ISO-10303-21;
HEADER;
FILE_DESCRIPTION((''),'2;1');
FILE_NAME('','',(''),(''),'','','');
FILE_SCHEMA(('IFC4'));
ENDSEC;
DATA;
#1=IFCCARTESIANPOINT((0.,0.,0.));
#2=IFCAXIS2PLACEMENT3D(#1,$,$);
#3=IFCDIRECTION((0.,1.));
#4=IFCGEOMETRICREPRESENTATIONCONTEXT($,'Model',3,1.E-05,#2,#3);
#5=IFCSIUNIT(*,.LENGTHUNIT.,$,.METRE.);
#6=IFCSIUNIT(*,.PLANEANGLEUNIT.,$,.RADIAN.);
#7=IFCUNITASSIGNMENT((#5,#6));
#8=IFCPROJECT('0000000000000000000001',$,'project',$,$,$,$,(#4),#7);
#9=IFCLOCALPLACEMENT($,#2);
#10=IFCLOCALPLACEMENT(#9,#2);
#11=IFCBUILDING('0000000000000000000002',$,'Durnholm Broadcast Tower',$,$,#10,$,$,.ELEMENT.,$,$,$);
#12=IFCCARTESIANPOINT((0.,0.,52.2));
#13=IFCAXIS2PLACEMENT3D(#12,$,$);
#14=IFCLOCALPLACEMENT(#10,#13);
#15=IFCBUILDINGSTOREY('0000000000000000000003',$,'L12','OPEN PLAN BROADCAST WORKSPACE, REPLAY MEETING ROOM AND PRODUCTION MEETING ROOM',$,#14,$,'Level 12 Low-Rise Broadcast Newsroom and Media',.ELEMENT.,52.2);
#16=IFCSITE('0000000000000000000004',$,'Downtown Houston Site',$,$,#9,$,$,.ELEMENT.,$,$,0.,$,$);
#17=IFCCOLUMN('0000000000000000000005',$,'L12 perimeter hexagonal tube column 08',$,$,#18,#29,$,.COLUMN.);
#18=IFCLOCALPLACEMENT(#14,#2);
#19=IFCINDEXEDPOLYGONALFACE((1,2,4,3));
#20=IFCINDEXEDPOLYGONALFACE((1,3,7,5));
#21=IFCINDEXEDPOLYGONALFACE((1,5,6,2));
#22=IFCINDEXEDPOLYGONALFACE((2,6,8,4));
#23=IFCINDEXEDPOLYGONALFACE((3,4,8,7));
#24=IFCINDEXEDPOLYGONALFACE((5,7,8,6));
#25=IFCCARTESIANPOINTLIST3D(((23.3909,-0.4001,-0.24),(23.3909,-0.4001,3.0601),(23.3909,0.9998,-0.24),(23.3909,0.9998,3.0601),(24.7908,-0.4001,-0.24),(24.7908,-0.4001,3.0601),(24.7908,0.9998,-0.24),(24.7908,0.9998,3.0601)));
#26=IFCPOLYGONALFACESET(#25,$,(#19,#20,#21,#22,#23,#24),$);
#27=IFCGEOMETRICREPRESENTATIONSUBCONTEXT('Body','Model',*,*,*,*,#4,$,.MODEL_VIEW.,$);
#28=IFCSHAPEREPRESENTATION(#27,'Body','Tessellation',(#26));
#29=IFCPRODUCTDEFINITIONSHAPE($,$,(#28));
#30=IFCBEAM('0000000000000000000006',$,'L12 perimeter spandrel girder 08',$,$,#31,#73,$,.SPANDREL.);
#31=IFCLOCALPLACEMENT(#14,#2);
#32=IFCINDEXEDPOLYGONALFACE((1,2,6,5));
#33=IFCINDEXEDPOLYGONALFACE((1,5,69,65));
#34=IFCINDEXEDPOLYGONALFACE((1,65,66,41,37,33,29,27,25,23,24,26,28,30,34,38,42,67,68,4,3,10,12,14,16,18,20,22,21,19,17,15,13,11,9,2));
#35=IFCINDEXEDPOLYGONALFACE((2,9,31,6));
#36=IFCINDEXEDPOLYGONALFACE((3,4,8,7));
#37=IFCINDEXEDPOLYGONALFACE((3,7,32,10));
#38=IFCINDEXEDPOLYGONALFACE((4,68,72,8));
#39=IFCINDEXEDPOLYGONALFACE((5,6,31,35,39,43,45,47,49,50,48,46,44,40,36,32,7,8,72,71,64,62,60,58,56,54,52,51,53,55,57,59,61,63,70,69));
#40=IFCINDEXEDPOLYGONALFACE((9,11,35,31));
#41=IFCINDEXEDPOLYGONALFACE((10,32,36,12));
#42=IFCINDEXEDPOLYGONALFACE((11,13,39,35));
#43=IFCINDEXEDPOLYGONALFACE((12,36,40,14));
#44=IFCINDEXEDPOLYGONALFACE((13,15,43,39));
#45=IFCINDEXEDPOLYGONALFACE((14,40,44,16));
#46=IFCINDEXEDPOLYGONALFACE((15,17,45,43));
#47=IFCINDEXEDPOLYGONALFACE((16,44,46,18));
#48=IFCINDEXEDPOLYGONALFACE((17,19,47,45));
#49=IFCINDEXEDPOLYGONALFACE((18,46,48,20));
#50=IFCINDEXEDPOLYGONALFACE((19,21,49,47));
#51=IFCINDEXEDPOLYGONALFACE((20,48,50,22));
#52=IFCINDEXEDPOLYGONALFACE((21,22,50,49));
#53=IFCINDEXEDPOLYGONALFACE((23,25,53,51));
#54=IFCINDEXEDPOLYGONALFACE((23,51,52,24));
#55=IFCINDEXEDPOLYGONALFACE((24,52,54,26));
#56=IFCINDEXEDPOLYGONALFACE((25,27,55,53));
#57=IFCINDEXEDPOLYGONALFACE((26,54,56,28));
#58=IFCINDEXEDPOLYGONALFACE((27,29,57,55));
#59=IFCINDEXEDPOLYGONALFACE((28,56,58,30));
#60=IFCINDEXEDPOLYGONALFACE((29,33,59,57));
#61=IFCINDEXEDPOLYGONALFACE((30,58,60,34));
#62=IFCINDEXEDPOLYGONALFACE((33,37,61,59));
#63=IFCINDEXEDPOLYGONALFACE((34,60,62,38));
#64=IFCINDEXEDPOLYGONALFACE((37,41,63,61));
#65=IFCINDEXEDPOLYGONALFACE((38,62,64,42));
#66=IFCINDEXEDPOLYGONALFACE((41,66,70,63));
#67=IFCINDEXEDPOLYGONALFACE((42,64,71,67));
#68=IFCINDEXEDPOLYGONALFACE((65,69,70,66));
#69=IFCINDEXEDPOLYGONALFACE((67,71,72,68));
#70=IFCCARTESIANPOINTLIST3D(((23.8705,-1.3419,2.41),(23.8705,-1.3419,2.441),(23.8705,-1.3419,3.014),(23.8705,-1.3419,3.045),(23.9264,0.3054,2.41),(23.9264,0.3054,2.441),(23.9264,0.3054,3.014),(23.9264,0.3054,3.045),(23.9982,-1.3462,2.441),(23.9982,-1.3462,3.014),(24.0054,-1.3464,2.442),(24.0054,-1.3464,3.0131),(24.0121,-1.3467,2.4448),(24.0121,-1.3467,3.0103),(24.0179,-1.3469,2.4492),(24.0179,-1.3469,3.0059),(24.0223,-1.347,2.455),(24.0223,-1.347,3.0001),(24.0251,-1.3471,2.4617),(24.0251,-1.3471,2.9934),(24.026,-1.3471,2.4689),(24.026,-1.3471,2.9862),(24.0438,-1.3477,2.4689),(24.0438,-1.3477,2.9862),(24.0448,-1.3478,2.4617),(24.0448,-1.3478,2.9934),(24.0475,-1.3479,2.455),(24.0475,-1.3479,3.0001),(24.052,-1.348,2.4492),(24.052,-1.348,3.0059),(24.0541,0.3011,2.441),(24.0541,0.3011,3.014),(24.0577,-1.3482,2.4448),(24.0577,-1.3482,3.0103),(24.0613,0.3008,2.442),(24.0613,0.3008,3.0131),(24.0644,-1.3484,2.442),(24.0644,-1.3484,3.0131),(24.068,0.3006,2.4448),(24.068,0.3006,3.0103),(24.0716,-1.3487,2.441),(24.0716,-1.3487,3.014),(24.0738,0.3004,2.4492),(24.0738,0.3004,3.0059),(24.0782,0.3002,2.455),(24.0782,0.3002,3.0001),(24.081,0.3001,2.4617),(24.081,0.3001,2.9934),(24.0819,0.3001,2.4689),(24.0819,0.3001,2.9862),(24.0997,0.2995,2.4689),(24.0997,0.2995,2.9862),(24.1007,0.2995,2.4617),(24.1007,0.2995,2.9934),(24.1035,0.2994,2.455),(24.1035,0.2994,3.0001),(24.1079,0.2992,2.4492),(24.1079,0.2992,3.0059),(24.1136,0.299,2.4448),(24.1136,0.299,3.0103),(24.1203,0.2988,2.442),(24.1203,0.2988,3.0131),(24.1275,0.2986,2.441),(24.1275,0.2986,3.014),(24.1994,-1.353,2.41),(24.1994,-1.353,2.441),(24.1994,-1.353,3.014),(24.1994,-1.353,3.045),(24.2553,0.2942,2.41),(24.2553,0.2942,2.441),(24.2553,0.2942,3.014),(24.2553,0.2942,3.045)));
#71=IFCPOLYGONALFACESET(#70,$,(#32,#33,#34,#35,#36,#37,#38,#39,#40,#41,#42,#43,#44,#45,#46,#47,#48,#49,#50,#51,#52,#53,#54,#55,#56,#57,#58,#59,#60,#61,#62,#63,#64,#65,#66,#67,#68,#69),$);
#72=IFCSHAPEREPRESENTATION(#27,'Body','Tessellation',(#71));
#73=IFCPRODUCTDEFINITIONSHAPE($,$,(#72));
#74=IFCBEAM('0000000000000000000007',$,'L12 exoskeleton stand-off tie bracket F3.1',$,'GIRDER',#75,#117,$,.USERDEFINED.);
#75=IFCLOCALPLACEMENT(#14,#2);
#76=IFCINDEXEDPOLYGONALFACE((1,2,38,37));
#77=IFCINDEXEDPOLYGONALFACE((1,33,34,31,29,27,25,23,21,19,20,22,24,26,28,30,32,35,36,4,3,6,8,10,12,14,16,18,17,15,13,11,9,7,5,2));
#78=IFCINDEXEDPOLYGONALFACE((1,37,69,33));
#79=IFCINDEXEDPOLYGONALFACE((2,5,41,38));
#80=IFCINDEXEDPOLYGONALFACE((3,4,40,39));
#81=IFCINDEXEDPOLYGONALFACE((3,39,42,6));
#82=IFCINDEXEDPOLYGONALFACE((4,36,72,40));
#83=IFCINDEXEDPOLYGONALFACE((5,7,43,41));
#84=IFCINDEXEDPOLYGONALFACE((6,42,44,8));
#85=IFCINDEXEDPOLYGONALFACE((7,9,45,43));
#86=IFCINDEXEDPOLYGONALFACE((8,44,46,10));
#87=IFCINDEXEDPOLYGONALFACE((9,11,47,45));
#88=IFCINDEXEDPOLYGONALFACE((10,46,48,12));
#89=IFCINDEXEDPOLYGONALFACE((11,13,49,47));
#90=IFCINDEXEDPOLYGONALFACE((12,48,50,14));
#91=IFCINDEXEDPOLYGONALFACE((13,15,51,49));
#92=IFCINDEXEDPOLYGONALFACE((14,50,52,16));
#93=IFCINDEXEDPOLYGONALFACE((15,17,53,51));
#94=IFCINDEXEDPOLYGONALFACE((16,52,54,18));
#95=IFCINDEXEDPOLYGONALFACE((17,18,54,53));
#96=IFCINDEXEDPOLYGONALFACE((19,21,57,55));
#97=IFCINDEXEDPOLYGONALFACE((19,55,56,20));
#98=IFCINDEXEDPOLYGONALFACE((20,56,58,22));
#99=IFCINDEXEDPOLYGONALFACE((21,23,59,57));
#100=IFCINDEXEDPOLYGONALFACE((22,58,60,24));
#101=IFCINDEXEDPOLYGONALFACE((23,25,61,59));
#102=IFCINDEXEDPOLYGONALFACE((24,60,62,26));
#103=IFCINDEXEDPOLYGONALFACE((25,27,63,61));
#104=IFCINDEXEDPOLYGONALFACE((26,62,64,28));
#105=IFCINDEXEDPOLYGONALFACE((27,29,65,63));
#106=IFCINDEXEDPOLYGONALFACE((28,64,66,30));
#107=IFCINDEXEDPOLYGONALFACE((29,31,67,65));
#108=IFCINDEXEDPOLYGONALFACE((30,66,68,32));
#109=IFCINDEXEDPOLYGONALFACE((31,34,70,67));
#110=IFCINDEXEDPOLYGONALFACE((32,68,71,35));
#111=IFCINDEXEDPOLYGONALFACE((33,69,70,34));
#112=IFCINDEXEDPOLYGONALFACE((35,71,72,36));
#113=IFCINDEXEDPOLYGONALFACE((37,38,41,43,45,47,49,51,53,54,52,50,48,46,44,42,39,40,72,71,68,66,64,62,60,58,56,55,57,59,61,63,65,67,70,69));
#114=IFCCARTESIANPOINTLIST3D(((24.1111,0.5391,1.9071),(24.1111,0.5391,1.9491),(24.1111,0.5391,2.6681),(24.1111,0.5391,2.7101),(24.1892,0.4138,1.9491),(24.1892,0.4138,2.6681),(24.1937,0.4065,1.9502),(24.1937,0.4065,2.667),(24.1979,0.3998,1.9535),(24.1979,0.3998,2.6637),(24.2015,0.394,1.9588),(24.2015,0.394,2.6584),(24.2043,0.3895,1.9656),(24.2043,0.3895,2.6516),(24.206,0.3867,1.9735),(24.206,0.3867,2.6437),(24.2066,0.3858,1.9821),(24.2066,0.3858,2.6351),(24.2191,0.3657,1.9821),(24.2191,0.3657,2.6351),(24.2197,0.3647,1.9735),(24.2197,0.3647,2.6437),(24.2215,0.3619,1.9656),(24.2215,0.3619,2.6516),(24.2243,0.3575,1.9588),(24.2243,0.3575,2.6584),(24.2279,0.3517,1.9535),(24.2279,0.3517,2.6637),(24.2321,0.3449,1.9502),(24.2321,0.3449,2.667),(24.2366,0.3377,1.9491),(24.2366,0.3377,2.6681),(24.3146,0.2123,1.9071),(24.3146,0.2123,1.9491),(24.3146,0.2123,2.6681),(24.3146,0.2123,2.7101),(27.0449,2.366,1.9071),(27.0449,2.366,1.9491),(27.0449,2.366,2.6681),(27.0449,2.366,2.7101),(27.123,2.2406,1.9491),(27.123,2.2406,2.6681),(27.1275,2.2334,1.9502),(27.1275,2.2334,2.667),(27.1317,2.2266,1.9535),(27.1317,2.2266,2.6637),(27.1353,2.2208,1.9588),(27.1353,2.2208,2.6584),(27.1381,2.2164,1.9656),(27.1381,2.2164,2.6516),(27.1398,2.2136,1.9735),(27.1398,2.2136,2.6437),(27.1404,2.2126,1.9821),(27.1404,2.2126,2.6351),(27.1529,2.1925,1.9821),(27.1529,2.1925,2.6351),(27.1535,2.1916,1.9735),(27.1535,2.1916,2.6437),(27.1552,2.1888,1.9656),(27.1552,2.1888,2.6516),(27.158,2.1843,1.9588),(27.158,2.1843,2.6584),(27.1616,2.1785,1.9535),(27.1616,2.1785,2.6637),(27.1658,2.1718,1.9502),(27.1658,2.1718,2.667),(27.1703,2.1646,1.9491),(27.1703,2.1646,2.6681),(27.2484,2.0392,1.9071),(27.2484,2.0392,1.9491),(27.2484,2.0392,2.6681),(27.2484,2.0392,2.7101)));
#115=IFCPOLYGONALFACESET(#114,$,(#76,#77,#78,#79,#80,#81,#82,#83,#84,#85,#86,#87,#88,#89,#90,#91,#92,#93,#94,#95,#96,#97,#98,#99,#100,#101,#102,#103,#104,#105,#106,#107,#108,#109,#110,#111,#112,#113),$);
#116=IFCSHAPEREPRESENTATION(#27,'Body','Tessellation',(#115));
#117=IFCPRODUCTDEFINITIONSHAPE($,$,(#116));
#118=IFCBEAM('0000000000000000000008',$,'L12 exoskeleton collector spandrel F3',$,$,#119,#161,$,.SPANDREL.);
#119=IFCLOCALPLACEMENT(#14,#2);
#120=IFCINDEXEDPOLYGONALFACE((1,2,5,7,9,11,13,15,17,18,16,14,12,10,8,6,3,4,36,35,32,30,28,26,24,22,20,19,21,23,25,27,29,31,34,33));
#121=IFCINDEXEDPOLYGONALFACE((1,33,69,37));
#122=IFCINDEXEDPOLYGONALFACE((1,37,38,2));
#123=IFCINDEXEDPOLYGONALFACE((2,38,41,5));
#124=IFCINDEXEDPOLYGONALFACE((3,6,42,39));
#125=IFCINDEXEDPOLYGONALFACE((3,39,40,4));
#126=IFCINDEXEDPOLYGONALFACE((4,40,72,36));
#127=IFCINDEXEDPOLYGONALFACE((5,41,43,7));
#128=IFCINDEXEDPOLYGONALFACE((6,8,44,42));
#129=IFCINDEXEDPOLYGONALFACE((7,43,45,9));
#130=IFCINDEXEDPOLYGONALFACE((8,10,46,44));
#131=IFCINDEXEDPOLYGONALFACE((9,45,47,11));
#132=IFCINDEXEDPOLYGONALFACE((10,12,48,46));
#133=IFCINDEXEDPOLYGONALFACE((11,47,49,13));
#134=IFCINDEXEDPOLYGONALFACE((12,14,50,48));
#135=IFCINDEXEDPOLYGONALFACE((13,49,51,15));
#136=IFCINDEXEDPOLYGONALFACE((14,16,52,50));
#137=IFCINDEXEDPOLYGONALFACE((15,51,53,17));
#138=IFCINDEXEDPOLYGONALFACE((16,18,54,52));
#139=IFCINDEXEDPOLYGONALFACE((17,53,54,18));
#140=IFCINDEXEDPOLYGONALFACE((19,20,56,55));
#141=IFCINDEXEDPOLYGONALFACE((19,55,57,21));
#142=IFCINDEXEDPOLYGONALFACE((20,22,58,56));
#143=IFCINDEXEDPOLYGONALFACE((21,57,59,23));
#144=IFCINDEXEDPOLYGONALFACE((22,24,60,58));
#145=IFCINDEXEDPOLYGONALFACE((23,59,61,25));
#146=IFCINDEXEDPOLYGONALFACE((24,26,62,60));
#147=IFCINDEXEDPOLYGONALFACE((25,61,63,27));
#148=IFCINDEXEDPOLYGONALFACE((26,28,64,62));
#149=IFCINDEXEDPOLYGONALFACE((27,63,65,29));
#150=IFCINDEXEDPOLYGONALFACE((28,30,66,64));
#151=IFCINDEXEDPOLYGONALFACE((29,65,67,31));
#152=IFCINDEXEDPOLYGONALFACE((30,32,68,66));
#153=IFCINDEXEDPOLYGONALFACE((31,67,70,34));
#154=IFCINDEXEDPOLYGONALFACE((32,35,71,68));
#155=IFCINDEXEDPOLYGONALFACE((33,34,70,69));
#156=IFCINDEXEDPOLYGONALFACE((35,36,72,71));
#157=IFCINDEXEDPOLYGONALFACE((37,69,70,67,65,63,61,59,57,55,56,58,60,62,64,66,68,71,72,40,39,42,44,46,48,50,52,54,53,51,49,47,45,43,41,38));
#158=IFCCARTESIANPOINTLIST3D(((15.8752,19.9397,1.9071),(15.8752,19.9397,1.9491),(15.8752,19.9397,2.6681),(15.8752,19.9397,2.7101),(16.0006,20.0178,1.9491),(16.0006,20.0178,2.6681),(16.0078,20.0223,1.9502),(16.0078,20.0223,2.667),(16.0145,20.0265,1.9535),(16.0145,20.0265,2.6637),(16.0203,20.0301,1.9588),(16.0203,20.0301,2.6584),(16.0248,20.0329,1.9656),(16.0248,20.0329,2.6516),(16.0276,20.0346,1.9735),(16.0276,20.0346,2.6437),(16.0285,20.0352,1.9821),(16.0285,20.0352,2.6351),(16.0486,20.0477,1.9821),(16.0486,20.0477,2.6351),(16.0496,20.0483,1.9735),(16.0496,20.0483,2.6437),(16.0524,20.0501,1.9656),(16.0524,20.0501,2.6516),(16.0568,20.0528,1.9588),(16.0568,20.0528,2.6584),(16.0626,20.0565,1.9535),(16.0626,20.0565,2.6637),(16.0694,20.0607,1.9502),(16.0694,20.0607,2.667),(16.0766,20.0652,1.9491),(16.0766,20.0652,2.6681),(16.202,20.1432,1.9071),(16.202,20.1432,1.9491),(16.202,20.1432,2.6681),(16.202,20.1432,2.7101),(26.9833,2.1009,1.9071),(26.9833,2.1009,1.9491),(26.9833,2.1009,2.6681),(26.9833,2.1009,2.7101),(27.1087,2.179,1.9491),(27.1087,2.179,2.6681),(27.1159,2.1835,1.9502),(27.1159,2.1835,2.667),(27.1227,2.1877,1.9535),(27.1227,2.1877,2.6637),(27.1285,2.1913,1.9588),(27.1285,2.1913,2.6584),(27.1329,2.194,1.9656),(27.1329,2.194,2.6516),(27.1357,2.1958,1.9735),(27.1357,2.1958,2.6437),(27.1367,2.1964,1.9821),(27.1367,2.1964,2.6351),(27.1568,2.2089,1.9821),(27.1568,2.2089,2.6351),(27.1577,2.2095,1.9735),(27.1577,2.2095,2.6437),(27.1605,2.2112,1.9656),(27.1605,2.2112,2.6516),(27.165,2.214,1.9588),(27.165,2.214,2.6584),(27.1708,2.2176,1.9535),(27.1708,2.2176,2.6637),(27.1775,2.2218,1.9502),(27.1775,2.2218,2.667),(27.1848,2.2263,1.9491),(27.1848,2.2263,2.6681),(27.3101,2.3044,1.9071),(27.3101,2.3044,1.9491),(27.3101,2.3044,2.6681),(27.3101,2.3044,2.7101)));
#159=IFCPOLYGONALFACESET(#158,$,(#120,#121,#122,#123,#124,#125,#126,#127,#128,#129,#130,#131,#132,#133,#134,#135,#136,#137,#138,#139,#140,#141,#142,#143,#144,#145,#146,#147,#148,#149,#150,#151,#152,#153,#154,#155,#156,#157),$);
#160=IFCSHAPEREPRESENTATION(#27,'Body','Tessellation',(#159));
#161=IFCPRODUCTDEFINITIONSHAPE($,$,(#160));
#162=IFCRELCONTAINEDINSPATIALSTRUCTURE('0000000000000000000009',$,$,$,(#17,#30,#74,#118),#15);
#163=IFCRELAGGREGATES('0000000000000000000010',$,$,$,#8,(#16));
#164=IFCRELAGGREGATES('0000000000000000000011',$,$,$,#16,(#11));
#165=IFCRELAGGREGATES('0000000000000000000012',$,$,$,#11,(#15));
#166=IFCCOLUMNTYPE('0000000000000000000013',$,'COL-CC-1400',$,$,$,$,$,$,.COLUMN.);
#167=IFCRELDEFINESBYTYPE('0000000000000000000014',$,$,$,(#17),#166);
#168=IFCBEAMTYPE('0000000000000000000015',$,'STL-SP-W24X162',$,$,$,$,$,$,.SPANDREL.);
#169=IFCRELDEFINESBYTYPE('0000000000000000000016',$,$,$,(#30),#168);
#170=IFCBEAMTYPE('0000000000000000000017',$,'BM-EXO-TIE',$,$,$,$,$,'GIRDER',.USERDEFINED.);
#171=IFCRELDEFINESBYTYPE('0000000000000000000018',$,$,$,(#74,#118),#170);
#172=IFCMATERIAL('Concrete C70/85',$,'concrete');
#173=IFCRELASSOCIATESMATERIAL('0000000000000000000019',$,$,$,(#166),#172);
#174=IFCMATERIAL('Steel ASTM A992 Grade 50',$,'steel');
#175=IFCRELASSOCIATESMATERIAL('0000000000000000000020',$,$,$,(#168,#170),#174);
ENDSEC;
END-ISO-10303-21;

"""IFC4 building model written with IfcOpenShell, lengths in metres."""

from ifc_helpers import new_model, si_unit, direction, frame, origin, origin_2d, place, context, subcontext, project, spatial, rectangle, i_section, extrude, source, transform, mapped, material, material_profile, profile_set, type_object, type_shapes, element, save


model = new_model("IFC4")

# Units and contexts
model_context = context("Model", 3, precision=1e-05, world=origin(), true_north=direction((0.0, 1.0)))
body_context = subcontext(model_context, "Body", "Model", "MODEL_VIEW")
ifc_project = project(units=[si_unit("LENGTHUNIT", "METRE"), si_unit("PLANEANGLEUNIT", "RADIAN")], contexts=[model_context])

# Site, building, storey
site_placement = place(None, origin())
site = spatial("IfcSite", under=ifc_project, at=site_placement, Name="Downtown Houston Site", CompositionType="ELEMENT", RefElevation=0.0)
building_placement = place(site_placement, origin())
building = spatial("IfcBuilding", under=site, at=building_placement, Name="Durnholm Broadcast Tower", CompositionType="ELEMENT")
storey_placement = place(building_placement, frame((0.0, 0.0, 52.2)))
storey = spatial("IfcBuildingStorey", under=building, at=storey_placement, Name="L12", Description="OPEN PLAN BROADCAST WORKSPACE, REPLAY MEETING ROOM AND PRODUCTION MEETING ROOM", LongName="Level 12 Low-Rise Broadcast Newsroom and Media", CompositionType="ELEMENT", Elevation=52.2)

# Column
ifc_material_1 = material(Name="Concrete C70/85", Category="concrete")
ifc_material_profile_1 = material_profile(ifc_material_1, rectangle(XDim=1.3999, YDim=1.3999, at=origin_2d()), Name="RC1400X1400")
ifc_profile_set_1 = profile_set([ifc_material_profile_1], Name="Concrete C70/85")
column_type = type_object("IfcColumnType", Name="COL-CC-1400", PredefinedType="COLUMN", material=ifc_profile_set_1)
shared_shape_1 = source(origin(), body_context, "Body", "SweptSolid", [
    extrude(rectangle(XDim=1.3999, YDim=1.3999, at=origin_2d()), origin(), (0.0, 0.0, 1.0), 3.3),
])
type_shapes(column_type, [shared_shape_1])
column_placement = place(storey_placement, frame((24.0908, 0.2998, -0.24), z_axis=(0.0, 0.0, 1.0), x_axis=(1.0, 0.0, 0.0)))
element("IfcColumn", 1, at=column_placement, inside=storey, type_object=column_type, Name="L12 perimeter hexagonal tube column 08", PredefinedType="COLUMN", context=body_context, shape_type="MappedRepresentation", body=[
    mapped(shared_shape_1, transform((0.0, 0.0, 0.0), x_axis=(1.0, 0.0, 0.0), y_axis=(0.0, 1.0, 0.0), z_axis=(0.0, 0.0, 1.0), scale=1.0)),
])

# Beams
ifc_material_2 = material(Name="Steel ASTM A992 Grade 50", Category="steel")
ifc_material_profile_2 = material_profile(ifc_material_2, i_section(OverallWidth=0.3291, OverallDepth=0.635, WebThickness=0.0178, FlangeThickness=0.031, FilletRadius=0.0278, at=origin_2d()), Name="W24X162")
ifc_profile_set_2 = profile_set([ifc_material_profile_2], Name="Steel ASTM A992 Grade 50")
beam_type_1 = type_object("IfcBeamType", Name="STL-SP-W24X162", PredefinedType="SPANDREL", material=ifc_profile_set_2)
shared_shape_2 = source(origin(), body_context, "Body", "SweptSolid", [
    extrude(i_section(OverallWidth=0.3291, OverallDepth=0.635, WebThickness=0.0178, FlangeThickness=0.031, FilletRadius=0.0278, at=origin_2d()), origin(), (0.0, 0.0, 1.0), 1.6482),
])
type_shapes(beam_type_1, [shared_shape_2])
beam_1_placement = place(storey_placement, frame((24.0908, 0.2998, 2.7275), z_axis=(-0.033921, -0.999425, 0.0), x_axis=(0.999425, -0.033921, 0.0)))
element("IfcBeam", 2, at=beam_1_placement, inside=storey, type_object=beam_type_1, Name="L12 perimeter spandrel girder 08", PredefinedType="SPANDREL", context=body_context, shape_type="MappedRepresentation", body=[
    mapped(shared_shape_2, transform((0.0, 0.0, 0.0), x_axis=(1.0, 0.0, 0.0), y_axis=(0.0, 1.0, 0.0), z_axis=(0.0, 0.0, 1.0), scale=1.0)),
])
ifc_material_profile_3 = material_profile(ifc_material_2, i_section(OverallWidth=0.385, OverallDepth=0.803, WebThickness=0.0237, FlangeThickness=0.042, FilletRadius=0.033, at=origin_2d()), Name="W30X261")
ifc_profile_set_3 = profile_set([ifc_material_profile_3], Name="Steel ASTM A992 Grade 50")
beam_type_2 = type_object("IfcBeamType", Name="BM-EXO-TIE", ElementType="GIRDER", PredefinedType="USERDEFINED", material=ifc_profile_set_3)
shared_shape_3 = source(origin(), body_context, "Body", "SweptSolid", [
    extrude(i_section(OverallWidth=0.385, OverallDepth=0.803, WebThickness=0.0237, FlangeThickness=0.042, FilletRadius=0.033, at=origin_2d()), origin(), (0.0, 0.0, 1.0), 3.4561),
])
beam_2_placement = place(storey_placement, frame((24.2129, 0.3757, 2.3086), z_axis=(0.848874, 0.528595, 0.0), x_axis=(-0.528595, 0.848874, 0.0)))
element("IfcBeam", 3, at=beam_2_placement, inside=storey, type_object=beam_type_2, Name="L12 exoskeleton stand-off tie bracket F3.1", ObjectType="GIRDER", PredefinedType="USERDEFINED", context=body_context, shape_type="MappedRepresentation", body=[
    mapped(shared_shape_3, transform((0.0, 0.0, 0.0), x_axis=(1.0, 0.0, 0.0), y_axis=(0.0, 1.0, 0.0), z_axis=(0.0, 0.0, 1.0), scale=1.0)),
])
shared_shape_4 = source(origin(), body_context, "Body", "SweptSolid", [
    extrude(i_section(OverallWidth=0.385, OverallDepth=0.803, WebThickness=0.0237, FlangeThickness=0.042, FilletRadius=0.033, at=origin_2d()), origin(), (0.0, 0.0, 1.0), 21.0146),
])
type_shapes(beam_type_2, [shared_shape_3, shared_shape_4])
beam_3_placement = place(storey_placement, frame((27.1467, 2.2026, 2.3086), z_axis=(-0.528591, 0.848877, 0.0), x_axis=(-0.848877, -0.528591, 0.0)))
element("IfcBeam", 4, at=beam_3_placement, inside=storey, type_object=beam_type_2, Name="L12 exoskeleton collector spandrel F3", PredefinedType="SPANDREL", context=body_context, shape_type="MappedRepresentation", body=[
    mapped(shared_shape_4, transform((0.0, 0.0, 0.0), x_axis=(1.0, 0.0, 0.0), y_axis=(0.0, 1.0, 0.0), z_axis=(0.0, 0.0, 1.0), scale=1.0)),
])

save(model, "model.ifc")
